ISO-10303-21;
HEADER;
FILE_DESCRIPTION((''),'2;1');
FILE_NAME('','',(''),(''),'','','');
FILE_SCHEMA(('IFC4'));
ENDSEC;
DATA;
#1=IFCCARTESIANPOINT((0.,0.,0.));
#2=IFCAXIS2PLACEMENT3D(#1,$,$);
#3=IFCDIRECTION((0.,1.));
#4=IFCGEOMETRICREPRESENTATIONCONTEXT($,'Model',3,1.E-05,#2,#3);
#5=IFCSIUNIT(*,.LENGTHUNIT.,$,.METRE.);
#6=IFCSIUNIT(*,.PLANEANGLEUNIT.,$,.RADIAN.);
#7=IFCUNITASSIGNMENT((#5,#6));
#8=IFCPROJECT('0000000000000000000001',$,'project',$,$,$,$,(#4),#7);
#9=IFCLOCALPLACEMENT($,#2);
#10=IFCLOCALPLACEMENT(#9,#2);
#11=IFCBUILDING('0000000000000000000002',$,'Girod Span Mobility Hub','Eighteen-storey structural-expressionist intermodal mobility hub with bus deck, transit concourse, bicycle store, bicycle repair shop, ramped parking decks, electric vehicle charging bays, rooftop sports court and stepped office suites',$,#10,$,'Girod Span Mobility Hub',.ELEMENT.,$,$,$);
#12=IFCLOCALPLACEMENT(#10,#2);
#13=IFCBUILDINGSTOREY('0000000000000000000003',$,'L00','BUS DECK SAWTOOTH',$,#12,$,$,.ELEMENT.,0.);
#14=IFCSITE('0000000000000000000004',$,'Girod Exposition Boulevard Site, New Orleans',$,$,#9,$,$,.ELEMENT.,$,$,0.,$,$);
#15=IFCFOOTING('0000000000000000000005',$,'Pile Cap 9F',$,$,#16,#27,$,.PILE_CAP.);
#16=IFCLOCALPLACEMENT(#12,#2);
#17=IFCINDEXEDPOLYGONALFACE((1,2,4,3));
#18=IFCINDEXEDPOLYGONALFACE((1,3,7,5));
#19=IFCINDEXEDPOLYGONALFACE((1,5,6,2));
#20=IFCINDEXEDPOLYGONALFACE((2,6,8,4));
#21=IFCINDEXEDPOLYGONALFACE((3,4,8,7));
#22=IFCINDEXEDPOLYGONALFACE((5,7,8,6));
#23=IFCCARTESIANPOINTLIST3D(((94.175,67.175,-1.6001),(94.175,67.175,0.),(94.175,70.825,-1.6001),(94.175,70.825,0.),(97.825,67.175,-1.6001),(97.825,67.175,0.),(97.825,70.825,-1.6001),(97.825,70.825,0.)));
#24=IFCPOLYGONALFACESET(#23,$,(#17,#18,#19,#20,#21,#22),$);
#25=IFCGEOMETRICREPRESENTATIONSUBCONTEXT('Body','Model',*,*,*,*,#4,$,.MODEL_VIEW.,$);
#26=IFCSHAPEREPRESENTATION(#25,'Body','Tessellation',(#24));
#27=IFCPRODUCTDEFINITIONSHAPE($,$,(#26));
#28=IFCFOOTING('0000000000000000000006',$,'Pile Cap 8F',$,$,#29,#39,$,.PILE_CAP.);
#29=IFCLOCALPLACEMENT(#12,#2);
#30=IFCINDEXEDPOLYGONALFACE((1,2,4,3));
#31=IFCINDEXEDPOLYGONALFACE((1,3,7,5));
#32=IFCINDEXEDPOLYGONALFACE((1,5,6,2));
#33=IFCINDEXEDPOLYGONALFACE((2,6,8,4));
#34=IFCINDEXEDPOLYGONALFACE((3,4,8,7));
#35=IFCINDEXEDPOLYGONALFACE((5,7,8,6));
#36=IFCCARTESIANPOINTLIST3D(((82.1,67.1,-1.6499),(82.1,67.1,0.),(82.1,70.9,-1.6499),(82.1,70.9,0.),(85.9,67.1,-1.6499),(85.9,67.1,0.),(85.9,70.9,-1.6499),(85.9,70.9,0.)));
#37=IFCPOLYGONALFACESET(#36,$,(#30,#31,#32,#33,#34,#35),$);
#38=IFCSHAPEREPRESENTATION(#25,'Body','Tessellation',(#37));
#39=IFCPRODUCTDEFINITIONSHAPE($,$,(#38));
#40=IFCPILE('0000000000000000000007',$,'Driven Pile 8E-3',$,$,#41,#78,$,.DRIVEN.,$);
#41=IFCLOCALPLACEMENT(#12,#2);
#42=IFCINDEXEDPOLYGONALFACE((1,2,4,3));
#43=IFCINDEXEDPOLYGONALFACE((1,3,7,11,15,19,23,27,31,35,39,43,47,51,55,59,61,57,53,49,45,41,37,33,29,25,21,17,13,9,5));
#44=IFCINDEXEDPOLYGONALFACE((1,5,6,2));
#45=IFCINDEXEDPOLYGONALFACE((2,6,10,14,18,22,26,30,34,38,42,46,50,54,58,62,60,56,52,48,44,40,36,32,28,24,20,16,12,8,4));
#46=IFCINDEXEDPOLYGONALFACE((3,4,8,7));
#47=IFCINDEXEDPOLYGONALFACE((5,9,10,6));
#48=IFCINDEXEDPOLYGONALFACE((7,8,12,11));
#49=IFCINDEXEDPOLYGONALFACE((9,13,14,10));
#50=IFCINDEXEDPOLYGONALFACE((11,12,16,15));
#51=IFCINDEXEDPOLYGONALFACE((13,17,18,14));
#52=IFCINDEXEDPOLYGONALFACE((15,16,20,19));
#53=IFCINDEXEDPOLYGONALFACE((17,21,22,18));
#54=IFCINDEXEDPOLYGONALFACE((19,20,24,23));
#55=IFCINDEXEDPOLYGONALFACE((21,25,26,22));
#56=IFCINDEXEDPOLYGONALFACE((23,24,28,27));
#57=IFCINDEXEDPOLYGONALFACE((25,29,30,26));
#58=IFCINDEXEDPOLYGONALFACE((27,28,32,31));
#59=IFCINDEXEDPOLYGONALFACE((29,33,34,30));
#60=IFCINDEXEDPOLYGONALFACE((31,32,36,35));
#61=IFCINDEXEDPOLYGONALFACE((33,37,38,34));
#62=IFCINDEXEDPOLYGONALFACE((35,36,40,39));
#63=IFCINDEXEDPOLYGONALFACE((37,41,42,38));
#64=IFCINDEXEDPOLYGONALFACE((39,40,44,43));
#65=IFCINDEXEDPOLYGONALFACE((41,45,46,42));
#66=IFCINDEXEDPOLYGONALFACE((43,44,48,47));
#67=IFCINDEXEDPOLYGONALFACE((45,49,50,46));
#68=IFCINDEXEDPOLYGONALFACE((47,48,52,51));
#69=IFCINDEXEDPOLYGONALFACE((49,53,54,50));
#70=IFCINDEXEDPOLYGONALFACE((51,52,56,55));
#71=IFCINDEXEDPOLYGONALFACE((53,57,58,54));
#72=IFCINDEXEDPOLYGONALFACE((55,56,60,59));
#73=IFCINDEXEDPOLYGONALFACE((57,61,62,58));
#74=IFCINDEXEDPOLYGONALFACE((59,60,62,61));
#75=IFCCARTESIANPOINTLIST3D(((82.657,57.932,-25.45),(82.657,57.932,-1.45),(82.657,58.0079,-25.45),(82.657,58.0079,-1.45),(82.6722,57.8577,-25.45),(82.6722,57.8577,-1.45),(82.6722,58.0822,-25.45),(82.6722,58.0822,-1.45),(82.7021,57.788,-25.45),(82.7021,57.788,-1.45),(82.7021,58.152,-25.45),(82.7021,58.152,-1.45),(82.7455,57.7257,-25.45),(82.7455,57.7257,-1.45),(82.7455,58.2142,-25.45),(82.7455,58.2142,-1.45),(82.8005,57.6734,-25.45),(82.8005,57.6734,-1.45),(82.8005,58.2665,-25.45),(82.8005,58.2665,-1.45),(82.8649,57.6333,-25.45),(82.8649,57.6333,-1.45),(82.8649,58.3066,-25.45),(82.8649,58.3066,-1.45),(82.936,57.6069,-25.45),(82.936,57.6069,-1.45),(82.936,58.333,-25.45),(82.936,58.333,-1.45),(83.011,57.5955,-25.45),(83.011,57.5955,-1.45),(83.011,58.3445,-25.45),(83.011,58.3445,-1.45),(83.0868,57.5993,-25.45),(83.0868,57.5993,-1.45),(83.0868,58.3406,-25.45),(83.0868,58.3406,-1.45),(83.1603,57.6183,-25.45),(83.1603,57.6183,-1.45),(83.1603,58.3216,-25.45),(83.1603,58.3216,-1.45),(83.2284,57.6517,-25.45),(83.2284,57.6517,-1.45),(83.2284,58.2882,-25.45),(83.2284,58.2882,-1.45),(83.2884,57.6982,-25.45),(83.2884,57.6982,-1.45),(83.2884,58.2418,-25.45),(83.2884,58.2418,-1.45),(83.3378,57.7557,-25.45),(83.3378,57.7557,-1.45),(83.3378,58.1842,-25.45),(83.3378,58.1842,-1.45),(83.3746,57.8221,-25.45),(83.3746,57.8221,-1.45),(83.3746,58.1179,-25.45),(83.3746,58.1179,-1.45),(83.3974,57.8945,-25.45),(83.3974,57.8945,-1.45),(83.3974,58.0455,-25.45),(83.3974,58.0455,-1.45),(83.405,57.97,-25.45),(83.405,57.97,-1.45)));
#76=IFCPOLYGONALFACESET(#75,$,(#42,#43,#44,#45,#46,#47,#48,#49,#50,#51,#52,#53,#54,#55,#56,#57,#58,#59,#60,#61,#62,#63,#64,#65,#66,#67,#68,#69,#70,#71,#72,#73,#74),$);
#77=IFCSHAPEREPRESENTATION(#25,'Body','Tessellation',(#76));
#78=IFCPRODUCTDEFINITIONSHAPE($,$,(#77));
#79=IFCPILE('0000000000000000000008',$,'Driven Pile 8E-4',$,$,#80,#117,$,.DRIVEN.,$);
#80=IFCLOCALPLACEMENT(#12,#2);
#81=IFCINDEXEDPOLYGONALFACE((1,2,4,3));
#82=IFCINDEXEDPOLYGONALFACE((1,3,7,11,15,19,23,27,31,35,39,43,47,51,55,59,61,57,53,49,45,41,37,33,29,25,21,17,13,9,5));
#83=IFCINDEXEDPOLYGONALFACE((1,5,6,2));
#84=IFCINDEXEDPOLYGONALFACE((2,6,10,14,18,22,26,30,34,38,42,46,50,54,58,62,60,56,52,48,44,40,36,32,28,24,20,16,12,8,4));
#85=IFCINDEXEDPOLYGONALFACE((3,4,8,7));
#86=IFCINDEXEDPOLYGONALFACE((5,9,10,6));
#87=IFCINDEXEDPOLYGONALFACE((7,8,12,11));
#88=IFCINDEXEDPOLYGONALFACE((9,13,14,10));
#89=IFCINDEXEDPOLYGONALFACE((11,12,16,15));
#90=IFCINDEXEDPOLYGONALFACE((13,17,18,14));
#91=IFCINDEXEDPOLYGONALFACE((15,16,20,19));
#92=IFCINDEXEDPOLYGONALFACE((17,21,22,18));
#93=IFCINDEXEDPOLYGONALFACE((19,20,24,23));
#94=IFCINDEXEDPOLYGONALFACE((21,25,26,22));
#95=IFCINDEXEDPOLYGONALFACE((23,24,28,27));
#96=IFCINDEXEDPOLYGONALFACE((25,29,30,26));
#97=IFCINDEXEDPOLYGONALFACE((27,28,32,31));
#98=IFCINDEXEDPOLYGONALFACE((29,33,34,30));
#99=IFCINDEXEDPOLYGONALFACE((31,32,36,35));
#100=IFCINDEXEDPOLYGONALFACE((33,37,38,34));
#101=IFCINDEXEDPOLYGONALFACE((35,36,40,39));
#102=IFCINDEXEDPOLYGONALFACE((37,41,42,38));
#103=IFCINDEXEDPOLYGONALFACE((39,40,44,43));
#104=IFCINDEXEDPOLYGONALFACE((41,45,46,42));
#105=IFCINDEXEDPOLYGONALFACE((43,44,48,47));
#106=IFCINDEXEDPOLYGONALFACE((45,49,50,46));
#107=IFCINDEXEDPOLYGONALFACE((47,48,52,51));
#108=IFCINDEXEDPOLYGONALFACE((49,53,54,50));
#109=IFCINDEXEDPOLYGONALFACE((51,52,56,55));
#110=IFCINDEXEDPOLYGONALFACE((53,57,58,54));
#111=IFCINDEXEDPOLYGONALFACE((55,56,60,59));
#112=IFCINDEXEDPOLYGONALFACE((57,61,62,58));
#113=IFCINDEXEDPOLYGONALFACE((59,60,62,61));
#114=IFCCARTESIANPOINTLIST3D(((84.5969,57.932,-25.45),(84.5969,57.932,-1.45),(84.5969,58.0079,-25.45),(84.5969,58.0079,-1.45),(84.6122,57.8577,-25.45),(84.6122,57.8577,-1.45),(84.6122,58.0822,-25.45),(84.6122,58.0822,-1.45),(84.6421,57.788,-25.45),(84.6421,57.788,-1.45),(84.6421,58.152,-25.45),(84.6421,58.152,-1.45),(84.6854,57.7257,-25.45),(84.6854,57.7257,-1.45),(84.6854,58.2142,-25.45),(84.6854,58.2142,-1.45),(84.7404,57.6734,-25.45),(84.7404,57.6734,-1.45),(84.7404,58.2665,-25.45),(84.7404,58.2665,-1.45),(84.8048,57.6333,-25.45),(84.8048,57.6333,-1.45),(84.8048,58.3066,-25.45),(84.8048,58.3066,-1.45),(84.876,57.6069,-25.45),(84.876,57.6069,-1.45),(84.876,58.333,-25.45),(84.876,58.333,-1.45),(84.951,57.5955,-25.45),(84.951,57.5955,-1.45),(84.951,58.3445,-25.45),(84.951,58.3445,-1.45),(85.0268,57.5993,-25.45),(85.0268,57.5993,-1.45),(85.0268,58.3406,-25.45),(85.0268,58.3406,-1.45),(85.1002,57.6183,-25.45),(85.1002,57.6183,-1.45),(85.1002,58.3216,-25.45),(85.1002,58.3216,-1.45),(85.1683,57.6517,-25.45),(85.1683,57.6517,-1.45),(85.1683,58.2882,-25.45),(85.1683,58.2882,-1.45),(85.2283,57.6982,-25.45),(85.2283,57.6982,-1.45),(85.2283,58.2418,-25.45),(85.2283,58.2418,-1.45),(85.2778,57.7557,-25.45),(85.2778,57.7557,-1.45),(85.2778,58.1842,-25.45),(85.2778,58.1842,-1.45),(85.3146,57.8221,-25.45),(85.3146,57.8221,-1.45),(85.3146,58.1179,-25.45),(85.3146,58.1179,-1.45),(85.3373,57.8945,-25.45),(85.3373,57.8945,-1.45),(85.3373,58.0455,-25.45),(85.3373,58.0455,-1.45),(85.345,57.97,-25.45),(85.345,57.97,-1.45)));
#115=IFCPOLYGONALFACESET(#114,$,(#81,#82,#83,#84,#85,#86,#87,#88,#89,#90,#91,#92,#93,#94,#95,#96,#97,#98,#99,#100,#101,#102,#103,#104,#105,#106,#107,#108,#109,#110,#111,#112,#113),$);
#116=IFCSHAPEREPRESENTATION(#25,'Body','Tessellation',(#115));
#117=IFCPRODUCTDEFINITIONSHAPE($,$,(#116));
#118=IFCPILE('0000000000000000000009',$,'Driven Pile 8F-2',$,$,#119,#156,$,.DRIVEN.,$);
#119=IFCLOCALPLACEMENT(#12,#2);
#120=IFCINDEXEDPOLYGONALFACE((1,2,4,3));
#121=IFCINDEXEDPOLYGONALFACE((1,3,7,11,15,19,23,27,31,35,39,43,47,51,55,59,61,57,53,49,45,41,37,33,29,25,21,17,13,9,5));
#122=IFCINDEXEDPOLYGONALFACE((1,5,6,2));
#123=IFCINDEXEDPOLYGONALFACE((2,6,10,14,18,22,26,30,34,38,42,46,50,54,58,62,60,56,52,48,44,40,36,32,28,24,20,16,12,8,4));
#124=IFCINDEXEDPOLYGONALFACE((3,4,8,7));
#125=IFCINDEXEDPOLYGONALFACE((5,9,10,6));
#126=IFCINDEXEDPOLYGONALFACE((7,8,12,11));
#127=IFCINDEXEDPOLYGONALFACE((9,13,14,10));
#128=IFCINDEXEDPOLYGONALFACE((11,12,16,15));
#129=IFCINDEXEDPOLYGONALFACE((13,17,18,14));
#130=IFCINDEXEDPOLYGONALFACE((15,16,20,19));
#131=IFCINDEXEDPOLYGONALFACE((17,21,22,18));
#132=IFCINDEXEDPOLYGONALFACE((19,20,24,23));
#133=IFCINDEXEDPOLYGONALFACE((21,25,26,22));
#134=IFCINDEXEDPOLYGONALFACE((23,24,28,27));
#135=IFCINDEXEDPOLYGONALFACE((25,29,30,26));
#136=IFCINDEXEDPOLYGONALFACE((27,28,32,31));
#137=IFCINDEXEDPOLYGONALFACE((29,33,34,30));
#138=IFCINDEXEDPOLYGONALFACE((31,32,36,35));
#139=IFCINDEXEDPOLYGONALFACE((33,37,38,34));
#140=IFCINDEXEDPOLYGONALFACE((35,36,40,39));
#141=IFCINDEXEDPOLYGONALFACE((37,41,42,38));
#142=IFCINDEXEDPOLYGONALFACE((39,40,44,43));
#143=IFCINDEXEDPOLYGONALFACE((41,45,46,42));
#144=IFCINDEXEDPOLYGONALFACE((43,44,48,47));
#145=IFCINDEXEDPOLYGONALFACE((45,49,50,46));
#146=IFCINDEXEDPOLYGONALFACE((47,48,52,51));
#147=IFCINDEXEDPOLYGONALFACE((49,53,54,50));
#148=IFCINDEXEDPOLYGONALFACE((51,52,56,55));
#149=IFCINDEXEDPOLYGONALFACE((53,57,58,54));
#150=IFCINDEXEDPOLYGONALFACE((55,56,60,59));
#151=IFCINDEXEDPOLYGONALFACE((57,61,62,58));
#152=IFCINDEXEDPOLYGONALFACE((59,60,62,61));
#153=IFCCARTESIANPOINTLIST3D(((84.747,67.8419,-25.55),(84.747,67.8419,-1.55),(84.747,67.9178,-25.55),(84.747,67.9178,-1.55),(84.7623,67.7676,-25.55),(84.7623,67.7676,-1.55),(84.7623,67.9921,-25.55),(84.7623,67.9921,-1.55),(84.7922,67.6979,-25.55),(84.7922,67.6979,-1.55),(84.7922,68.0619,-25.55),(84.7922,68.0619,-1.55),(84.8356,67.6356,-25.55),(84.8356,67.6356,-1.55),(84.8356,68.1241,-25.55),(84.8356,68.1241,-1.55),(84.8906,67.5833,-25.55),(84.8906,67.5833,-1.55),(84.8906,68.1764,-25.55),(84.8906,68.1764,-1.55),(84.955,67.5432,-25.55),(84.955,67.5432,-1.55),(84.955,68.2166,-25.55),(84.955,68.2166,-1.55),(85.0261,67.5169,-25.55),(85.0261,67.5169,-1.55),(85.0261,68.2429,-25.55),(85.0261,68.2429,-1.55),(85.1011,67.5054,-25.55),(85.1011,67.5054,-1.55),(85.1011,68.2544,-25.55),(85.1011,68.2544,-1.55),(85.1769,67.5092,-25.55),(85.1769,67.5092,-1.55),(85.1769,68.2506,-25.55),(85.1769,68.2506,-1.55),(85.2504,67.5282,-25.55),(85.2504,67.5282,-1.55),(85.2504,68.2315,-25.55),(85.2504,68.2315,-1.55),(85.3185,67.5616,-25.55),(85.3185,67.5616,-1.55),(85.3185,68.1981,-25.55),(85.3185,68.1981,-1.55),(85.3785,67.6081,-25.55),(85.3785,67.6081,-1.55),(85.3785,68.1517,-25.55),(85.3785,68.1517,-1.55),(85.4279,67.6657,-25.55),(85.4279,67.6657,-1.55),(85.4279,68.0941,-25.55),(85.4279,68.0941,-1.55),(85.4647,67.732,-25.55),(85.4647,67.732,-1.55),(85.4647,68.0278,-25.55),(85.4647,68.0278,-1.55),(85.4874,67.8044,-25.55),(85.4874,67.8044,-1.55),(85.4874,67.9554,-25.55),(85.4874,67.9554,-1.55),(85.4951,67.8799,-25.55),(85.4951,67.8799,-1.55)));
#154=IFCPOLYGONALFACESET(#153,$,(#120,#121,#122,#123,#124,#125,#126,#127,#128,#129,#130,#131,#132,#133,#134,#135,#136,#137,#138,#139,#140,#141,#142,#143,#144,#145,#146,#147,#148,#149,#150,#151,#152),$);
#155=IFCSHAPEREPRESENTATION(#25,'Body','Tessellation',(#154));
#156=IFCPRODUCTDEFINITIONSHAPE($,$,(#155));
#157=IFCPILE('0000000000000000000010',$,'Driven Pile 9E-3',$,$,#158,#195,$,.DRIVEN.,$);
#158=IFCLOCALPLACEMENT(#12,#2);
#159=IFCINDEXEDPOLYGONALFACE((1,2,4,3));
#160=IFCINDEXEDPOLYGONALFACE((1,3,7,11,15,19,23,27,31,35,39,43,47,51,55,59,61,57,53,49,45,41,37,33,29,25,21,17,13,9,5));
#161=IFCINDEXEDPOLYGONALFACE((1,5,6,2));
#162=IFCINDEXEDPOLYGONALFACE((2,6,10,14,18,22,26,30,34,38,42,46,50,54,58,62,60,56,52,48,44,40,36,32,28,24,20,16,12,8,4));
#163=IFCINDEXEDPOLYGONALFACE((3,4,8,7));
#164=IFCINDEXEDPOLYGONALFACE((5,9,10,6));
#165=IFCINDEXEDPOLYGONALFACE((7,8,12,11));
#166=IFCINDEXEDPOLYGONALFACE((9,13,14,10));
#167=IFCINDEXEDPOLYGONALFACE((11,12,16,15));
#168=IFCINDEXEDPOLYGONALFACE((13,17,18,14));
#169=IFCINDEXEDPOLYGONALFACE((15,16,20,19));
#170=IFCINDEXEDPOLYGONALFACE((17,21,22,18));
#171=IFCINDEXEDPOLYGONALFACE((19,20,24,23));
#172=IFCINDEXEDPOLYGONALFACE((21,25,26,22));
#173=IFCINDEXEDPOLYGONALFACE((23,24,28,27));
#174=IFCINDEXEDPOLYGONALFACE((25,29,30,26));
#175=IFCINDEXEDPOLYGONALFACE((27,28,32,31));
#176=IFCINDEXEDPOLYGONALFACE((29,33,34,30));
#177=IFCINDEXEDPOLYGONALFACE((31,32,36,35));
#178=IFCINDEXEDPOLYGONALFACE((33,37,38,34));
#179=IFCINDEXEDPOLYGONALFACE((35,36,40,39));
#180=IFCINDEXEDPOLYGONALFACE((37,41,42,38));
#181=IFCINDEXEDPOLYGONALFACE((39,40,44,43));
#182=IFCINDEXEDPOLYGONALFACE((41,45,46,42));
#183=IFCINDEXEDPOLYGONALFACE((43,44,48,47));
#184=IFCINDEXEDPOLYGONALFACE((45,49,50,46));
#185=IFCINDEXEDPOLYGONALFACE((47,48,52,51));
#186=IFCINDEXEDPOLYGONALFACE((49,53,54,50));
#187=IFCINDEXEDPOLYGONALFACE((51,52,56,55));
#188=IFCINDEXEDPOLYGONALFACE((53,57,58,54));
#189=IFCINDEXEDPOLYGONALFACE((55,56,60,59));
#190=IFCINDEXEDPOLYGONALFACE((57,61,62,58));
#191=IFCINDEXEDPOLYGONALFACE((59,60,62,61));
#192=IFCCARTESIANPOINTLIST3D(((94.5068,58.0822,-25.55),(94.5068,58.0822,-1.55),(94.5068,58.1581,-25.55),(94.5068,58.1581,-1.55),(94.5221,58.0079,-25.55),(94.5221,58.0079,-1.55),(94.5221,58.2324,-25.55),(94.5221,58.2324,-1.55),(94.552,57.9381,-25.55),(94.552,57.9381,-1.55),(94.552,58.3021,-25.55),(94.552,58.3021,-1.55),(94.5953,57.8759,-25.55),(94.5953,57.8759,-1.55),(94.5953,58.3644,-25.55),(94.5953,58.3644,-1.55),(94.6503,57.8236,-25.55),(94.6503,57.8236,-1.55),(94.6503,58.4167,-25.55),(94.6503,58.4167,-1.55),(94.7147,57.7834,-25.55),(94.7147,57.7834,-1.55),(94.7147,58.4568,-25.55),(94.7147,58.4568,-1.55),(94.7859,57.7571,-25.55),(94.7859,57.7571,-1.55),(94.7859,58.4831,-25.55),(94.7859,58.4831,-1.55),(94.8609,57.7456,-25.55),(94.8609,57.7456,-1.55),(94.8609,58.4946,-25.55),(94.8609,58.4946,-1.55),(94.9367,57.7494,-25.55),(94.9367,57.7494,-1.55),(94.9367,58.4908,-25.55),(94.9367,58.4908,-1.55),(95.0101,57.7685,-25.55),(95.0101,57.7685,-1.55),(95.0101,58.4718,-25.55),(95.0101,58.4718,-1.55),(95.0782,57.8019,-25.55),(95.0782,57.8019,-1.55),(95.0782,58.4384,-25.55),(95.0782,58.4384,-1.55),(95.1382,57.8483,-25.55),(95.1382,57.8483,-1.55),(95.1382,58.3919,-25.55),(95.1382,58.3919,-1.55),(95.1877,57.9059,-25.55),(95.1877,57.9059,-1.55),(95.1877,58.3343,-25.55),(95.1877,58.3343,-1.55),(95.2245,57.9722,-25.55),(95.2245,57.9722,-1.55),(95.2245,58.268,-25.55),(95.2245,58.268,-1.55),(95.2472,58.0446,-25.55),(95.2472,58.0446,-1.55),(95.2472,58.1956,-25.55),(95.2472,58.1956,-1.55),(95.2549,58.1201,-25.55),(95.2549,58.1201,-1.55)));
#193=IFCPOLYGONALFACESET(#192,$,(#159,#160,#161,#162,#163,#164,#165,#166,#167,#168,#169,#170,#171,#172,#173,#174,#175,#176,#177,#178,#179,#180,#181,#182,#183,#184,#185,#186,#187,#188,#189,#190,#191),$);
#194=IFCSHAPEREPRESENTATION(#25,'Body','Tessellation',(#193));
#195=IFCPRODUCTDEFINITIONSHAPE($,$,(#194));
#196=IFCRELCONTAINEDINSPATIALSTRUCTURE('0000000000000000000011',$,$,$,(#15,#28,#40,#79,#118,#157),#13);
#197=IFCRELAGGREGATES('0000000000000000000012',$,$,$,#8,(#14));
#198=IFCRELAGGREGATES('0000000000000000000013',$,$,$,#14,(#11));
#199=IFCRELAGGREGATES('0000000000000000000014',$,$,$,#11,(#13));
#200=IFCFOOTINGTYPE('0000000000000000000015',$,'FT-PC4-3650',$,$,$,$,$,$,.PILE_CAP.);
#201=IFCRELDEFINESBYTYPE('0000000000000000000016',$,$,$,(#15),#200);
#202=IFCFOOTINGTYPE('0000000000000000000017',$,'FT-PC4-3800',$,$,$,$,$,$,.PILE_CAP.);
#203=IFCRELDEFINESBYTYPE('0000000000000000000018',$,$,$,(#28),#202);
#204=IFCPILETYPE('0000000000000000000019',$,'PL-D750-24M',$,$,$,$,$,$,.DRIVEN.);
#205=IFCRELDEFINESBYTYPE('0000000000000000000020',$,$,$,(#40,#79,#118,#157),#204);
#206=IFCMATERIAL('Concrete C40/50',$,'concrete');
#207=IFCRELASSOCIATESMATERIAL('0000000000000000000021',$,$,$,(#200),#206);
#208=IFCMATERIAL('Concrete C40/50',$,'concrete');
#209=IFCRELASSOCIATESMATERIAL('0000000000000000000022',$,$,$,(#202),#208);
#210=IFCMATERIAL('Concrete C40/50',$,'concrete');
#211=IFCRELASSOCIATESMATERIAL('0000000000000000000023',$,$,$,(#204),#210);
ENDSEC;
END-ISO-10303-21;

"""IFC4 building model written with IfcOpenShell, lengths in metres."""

from ifc_helpers import new_model, si_unit, direction, frame, origin, origin_2d, place, context, subcontext, project, spatial, rectangle, circle, extrude, material, material_profile, profile_set, type_object, element, save


model = new_model("IFC4")

# Units and contexts
model_context = context("Model", 3, precision=1e-05, world=origin(), true_north=direction((0.0, 1.0)))
body_context = subcontext(model_context, "Body", "Model", "MODEL_VIEW")
ifc_project = project(units=[si_unit("LENGTHUNIT", "METRE"), si_unit("PLANEANGLEUNIT", "RADIAN")], contexts=[model_context])

# Site, building, storey
site_placement = place(None, origin())
site = spatial("IfcSite", under=ifc_project, at=site_placement, Name="Girod Exposition Boulevard Site, New Orleans", CompositionType="ELEMENT", RefElevation=0.0)
building_placement = place(site_placement, origin())
building = spatial("IfcBuilding", under=site, at=building_placement, Name="Girod Span Mobility Hub", Description="Eighteen-storey structural-expressionist intermodal mobility hub with bus deck, transit concourse, bicycle store, bicycle repair shop, ramped parking decks, electric vehicle charging bays, rooftop sports court and stepped office suites", LongName="Girod Span Mobility Hub", CompositionType="ELEMENT")
storey_placement = place(building_placement, origin())
storey = spatial("IfcBuildingStorey", under=building, at=storey_placement, Name="L00", Description="BUS DECK SAWTOOTH", CompositionType="ELEMENT", Elevation=0.0)

# Footings
ifc_material_1 = material(Name="Concrete C40/50", Category="concrete")
footing_type_1 = type_object("IfcFootingType", Name="FT-PC4-3650", PredefinedType="PILE_CAP", material=ifc_material_1)
footing_1_placement = place(storey_placement, frame((96.0, 69.0, -1.6001), z_axis=(0.0, 0.0, 1.0), x_axis=(1.0, 0.0, 0.0)))
element("IfcFooting", 1, at=footing_1_placement, inside=storey, type_object=footing_type_1, Name="Pile Cap 9F", PredefinedType="PILE_CAP", context=body_context, shape_type="SweptSolid", body=[
    extrude(rectangle(XDim=3.6499, YDim=3.6499, at=origin_2d()), origin(), (0.0, 0.0, 1.0), 1.6001),
])
ifc_material_2 = material(Name="Concrete C40/50", Category="concrete")
footing_type_2 = type_object("IfcFootingType", Name="FT-PC4-3800", PredefinedType="PILE_CAP", material=ifc_material_2)
footing_2_placement = place(storey_placement, frame((84.0, 69.0, -1.6499), z_axis=(0.0, 0.0, 1.0), x_axis=(1.0, 0.0, 0.0)))
element("IfcFooting", 2, at=footing_2_placement, inside=storey, type_object=footing_type_2, Name="Pile Cap 8F", PredefinedType="PILE_CAP", context=body_context, shape_type="SweptSolid", body=[
    extrude(rectangle(XDim=3.8, YDim=3.8, at=origin_2d()), origin(), (0.0, 0.0, 1.0), 1.6499),
])

# Piles
ifc_material_3 = material(Name="Concrete C40/50", Category="concrete")
ifc_material_profile_1 = material_profile(ifc_material_3, circle(Radius=0.375, at=origin_2d()), Name="PILE-D750")
ifc_profile_set_1 = profile_set([ifc_material_profile_1], Name="Concrete C40/50")
pile_type = type_object("IfcPileType", Name="PL-D750-24M", PredefinedType="DRIVEN", material=ifc_profile_set_1)
for number, where, z_axis, x_axis, name in (
    (3, (83.03, 57.97, -1.45), (0.0, 0.0, -1.0), (1.0, 0.0, 0.0), "Driven Pile 8E-3"),
    (4, (84.97, 57.97, -1.45), (0.0, 0.0, -1.0), (1.0, 0.0, 0.0), "Driven Pile 8E-4"),
    (5, (85.1201, 67.8799, -1.55), (0.0, 0.0, -1.0), (1.0, 0.0, 0.0), "Driven Pile 8F-2"),
    (6, (94.8799, 58.1201, -1.55), (0.0, 0.0, -1.0), (1.0, 0.0, 0.0), "Driven Pile 9E-3"),
):
    element("IfcPile", number, at=place(storey_placement, frame(where, z_axis=z_axis, x_axis=x_axis)), inside=storey, type_object=pile_type, Name=name, PredefinedType="DRIVEN", context=body_context, shape_type="SweptSolid", body=[
        extrude(circle(Radius=0.375, at=origin_2d()), origin(), (0.0, 0.0, 1.0), 24.0),
    ])

save(model, "model.ifc")
